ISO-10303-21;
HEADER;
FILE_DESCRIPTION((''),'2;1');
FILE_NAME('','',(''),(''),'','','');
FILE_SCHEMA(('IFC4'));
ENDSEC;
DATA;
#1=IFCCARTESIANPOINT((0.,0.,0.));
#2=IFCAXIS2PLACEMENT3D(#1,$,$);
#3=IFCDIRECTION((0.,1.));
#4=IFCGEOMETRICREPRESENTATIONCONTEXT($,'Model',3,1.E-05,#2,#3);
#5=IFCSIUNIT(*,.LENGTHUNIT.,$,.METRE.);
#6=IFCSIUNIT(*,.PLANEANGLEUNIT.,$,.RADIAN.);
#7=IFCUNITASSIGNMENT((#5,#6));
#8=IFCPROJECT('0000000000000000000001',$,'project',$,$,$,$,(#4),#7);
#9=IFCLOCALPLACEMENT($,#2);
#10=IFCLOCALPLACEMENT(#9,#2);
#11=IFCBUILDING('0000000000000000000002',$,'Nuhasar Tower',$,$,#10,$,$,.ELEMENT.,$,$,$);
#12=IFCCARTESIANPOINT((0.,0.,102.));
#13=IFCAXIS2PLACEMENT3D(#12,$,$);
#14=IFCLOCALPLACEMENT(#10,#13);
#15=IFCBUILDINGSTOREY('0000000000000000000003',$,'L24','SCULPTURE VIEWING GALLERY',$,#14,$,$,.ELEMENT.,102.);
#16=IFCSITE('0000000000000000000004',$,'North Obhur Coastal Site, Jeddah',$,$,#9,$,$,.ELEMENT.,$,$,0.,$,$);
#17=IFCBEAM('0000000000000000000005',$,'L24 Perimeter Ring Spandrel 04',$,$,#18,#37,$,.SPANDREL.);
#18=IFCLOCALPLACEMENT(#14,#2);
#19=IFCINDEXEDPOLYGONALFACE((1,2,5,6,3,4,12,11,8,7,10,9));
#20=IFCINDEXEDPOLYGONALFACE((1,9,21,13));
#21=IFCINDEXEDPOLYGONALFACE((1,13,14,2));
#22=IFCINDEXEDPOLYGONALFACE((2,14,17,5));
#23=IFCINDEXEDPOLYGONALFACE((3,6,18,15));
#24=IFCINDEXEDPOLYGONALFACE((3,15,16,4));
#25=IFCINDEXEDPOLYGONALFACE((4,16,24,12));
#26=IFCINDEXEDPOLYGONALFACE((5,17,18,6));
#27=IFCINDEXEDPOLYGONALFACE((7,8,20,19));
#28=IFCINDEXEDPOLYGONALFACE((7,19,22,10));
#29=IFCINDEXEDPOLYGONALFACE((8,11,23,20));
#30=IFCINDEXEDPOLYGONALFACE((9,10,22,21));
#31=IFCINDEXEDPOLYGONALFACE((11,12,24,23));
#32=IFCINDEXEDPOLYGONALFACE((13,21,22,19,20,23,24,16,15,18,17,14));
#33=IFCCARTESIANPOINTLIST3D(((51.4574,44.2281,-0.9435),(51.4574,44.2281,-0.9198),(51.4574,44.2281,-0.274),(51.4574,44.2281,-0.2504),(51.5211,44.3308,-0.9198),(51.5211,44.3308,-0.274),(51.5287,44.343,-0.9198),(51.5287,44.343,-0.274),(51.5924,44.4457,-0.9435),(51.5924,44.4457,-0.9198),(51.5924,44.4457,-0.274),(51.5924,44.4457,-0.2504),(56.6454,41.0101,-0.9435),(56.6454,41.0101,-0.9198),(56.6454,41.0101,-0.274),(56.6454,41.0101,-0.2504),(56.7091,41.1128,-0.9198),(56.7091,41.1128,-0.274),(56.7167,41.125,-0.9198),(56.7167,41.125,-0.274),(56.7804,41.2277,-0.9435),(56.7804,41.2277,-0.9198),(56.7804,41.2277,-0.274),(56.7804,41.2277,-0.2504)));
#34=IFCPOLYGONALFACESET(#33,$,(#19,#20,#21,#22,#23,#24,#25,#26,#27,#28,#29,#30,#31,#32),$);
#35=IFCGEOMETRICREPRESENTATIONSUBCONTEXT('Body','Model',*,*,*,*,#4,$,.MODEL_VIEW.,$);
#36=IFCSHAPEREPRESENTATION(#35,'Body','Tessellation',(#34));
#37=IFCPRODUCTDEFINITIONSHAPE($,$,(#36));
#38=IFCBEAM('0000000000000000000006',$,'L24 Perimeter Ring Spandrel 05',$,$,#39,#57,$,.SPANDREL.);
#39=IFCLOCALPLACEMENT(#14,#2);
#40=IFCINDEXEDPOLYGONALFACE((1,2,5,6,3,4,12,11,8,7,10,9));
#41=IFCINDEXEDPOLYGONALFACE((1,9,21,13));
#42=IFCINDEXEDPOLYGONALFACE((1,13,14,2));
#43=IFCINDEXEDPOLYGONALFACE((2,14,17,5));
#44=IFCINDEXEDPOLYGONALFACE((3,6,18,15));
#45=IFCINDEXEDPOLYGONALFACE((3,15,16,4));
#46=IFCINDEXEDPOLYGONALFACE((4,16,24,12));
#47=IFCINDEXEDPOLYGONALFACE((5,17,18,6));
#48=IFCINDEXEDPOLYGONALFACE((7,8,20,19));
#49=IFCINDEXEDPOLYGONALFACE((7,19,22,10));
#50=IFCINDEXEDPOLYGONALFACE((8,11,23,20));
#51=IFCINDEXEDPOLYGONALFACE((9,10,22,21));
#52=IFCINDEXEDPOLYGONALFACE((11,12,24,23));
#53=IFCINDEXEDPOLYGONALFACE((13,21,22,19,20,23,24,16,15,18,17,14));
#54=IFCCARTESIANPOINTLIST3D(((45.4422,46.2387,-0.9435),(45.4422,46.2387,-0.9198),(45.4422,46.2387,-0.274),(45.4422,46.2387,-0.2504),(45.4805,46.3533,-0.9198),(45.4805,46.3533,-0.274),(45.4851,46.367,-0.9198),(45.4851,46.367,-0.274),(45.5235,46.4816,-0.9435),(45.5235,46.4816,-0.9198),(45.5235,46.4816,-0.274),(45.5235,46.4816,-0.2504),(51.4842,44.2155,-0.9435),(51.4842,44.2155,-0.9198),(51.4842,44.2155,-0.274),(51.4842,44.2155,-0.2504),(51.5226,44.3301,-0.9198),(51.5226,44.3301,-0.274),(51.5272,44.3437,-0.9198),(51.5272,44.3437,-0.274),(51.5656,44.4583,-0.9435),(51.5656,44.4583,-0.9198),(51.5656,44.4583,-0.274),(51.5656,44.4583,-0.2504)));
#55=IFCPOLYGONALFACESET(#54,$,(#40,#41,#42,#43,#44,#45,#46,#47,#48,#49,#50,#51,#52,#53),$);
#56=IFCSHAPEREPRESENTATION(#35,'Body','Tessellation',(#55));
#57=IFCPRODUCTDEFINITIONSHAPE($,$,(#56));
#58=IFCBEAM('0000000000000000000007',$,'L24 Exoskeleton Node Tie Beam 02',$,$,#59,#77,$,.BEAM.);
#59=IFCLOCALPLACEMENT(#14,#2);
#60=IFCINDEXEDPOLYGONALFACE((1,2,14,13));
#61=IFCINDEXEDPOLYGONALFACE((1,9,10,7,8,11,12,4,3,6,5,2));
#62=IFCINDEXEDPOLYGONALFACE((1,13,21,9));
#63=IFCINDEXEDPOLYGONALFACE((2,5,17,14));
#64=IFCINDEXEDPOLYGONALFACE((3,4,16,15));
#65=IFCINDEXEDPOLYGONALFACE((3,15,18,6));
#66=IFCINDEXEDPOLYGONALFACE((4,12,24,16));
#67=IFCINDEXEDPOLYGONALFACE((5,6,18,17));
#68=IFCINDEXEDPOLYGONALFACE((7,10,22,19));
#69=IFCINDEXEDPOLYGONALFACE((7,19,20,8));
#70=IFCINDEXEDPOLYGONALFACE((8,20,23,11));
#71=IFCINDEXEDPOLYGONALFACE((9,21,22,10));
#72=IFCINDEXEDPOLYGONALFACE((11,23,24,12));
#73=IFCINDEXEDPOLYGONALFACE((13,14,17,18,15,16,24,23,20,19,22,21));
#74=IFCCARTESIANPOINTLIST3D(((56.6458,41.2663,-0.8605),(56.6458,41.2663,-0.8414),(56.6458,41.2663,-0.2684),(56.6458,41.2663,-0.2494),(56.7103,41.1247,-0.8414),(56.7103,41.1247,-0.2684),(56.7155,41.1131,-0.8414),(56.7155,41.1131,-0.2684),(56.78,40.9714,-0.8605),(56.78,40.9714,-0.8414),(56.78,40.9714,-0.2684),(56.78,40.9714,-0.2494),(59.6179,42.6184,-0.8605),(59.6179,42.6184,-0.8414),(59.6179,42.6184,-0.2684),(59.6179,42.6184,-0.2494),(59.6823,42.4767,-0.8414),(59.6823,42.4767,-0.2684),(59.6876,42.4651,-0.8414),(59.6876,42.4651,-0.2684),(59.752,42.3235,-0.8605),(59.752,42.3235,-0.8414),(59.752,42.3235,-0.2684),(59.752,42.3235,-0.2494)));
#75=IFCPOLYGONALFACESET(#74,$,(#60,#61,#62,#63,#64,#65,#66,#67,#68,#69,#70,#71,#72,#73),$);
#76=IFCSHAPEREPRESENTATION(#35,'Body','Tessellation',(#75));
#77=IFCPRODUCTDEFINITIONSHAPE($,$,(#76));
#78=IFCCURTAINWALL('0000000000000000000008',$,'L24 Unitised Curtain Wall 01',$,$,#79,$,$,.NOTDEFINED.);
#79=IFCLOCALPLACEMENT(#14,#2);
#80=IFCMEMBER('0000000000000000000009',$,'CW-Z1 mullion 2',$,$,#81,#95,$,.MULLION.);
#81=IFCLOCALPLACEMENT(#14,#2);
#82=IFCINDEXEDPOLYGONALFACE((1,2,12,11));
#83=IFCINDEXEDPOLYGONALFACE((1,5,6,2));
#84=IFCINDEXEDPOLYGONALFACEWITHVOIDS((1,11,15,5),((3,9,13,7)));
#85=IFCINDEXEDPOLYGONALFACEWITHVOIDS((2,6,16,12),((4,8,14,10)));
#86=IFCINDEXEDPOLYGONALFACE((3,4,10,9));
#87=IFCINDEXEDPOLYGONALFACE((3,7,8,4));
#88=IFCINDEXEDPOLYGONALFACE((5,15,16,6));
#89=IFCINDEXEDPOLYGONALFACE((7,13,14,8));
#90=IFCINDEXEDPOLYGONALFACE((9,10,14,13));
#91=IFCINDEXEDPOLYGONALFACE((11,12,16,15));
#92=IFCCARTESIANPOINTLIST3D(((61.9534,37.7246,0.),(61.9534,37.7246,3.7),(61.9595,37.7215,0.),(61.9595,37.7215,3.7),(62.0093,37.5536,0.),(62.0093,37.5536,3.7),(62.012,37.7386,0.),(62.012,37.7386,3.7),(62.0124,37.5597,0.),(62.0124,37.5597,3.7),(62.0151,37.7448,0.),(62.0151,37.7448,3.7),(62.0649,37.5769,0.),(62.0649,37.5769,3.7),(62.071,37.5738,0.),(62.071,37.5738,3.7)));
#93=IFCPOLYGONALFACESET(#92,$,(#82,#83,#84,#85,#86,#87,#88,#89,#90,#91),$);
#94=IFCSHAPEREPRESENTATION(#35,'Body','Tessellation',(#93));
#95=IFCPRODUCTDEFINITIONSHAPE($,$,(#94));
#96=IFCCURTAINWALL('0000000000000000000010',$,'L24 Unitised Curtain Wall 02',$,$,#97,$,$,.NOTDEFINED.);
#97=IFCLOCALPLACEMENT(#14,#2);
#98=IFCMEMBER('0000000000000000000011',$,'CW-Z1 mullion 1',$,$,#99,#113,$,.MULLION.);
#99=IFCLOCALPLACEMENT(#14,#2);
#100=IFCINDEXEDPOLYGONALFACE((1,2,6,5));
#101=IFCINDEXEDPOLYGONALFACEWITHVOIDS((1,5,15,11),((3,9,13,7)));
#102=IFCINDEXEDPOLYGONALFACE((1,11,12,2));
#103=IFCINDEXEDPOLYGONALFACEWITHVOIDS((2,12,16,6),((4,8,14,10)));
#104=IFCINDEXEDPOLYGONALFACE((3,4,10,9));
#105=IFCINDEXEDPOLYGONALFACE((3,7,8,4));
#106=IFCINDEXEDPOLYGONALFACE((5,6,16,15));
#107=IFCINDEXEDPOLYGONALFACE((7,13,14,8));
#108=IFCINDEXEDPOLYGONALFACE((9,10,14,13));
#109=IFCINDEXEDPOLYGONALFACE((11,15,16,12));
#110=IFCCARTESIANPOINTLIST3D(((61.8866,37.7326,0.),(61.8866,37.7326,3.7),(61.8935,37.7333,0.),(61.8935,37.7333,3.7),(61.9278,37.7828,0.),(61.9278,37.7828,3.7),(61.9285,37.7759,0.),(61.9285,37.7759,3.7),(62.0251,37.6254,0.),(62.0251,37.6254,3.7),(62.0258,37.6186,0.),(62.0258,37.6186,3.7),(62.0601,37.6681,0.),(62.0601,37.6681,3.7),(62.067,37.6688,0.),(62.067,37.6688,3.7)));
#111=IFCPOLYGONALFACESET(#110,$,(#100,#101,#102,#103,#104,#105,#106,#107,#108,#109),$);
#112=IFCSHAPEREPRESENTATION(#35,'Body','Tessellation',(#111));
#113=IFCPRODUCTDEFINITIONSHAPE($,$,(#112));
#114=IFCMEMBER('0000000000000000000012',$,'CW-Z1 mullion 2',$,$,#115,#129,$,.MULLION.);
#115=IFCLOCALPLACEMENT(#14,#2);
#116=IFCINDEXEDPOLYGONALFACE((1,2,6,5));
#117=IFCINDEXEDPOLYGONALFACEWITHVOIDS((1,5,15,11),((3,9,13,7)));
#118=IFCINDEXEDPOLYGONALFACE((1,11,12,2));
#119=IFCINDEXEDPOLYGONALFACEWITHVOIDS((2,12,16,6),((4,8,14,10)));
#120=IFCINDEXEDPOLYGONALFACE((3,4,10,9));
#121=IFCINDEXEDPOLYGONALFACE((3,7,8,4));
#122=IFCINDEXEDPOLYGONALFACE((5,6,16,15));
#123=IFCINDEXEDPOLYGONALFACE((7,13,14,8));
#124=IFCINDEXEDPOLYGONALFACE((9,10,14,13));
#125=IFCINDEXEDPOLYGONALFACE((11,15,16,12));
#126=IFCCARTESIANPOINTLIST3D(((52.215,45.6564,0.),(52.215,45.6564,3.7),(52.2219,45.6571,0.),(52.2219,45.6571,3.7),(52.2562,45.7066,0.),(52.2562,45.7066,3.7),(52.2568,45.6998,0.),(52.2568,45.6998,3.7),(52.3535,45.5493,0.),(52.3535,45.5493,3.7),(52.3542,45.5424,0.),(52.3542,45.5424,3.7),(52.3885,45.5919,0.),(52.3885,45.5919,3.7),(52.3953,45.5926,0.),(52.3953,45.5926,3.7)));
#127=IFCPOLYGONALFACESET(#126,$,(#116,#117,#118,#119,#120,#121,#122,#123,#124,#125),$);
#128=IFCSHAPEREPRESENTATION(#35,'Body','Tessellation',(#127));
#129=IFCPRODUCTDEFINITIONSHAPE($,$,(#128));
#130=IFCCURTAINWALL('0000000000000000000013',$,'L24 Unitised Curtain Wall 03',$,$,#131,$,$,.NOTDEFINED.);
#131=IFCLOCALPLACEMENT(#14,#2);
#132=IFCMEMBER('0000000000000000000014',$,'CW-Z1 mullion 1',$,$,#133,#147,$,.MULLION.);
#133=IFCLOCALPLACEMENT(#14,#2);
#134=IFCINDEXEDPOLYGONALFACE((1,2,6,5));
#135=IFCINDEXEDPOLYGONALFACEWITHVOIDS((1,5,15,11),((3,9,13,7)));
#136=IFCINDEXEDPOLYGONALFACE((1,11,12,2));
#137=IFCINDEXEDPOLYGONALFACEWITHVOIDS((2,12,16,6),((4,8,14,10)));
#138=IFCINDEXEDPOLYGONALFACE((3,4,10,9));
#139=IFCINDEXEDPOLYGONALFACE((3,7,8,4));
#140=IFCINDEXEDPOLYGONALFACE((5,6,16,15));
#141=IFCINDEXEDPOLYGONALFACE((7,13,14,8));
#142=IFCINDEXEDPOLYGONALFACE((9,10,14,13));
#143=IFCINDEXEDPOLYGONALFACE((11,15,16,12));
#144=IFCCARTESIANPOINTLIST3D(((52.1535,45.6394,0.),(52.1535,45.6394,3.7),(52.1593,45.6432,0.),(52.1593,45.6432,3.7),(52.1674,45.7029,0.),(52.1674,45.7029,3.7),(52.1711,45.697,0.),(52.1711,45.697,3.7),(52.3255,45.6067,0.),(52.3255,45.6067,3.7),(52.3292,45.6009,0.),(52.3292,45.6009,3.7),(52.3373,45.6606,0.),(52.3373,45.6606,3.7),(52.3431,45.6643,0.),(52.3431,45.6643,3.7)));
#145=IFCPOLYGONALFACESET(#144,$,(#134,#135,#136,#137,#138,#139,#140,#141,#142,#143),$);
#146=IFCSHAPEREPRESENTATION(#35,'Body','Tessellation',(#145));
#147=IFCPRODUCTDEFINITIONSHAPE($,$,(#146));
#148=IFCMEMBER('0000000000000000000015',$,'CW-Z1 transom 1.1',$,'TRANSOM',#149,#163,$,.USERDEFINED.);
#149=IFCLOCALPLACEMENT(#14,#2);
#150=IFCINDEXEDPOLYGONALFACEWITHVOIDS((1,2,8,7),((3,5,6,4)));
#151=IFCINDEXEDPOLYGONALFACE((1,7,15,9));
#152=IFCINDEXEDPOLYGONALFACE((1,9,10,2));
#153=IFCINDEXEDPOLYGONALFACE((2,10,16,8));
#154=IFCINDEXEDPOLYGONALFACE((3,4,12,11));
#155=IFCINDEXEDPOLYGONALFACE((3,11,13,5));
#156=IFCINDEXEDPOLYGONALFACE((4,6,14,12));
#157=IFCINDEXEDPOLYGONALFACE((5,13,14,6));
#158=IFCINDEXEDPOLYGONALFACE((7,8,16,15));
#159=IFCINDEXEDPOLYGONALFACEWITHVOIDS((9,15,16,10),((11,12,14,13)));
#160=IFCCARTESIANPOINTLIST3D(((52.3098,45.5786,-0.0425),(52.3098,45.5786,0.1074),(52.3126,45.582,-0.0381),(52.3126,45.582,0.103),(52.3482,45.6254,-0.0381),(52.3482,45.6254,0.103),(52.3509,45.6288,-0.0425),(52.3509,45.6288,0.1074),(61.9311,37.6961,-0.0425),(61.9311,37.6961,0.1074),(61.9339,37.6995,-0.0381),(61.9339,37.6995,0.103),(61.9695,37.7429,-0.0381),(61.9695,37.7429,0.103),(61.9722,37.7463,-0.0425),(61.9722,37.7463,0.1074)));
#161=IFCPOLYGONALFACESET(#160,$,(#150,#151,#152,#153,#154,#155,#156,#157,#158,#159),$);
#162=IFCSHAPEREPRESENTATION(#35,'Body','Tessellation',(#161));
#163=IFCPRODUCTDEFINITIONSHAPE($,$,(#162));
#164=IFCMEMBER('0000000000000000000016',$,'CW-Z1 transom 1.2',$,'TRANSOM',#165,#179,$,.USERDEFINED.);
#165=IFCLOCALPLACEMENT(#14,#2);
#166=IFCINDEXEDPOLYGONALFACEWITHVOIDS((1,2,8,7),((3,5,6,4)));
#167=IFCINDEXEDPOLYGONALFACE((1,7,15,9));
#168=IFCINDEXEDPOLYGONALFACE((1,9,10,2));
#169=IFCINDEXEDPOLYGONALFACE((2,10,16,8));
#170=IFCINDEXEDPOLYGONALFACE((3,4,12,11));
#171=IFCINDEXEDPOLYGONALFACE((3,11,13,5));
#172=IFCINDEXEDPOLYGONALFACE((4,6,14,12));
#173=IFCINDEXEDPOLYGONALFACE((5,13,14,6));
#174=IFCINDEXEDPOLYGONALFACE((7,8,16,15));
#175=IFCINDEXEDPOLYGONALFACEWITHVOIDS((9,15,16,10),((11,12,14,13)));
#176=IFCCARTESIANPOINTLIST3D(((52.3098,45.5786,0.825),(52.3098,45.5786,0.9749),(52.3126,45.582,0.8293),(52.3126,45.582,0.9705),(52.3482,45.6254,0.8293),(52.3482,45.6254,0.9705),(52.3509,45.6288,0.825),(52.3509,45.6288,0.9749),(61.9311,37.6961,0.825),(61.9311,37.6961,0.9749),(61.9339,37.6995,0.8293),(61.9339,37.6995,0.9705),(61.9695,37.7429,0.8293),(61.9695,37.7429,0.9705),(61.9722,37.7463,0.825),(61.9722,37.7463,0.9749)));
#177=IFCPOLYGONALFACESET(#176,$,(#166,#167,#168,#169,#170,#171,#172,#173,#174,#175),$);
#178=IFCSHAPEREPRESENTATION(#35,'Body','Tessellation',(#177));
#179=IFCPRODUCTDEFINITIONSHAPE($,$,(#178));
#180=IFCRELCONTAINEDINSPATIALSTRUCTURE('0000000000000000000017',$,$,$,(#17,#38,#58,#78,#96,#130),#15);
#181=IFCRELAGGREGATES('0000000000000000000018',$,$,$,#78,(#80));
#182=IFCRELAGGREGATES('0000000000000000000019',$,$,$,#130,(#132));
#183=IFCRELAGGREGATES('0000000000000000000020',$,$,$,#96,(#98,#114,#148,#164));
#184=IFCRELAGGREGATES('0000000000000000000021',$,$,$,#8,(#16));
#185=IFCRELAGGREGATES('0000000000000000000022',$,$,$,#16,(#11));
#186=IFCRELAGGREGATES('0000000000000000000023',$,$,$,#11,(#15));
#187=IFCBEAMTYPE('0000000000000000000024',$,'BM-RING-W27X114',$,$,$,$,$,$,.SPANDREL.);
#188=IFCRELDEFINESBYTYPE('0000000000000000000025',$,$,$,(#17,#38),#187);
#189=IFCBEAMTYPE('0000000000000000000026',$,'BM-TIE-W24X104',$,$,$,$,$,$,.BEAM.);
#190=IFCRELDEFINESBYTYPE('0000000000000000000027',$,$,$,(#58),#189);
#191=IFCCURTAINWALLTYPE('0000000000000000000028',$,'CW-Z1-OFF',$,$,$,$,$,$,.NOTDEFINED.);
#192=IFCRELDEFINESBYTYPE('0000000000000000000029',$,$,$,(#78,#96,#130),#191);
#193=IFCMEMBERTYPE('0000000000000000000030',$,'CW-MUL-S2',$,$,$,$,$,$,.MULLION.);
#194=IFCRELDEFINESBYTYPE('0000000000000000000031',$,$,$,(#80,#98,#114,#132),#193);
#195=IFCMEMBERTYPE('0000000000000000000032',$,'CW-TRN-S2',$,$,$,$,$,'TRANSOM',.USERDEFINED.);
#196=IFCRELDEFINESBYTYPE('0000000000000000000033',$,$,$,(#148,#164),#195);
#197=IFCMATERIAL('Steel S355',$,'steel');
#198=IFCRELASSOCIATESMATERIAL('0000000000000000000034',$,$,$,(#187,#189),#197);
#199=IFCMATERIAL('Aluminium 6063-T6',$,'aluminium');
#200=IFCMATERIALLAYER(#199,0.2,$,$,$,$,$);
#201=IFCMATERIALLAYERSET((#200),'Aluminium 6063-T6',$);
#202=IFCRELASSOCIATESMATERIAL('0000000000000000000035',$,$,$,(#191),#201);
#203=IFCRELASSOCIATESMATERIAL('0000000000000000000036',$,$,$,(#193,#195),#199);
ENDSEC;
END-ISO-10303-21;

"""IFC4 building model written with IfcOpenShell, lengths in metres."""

from ifc_helpers import new_model, si_unit, direction, frame, origin, origin_2d, place, context, subcontext, project, spatial, hollow_rectangle, i_section, extrude, material, layer, layer_set, material_profile, profile_set, type_object, element, aggregate, save


model = new_model("IFC4")

# Units and contexts
model_context = context("Model", 3, precision=1e-05, world=origin(), true_north=direction((0.0, 1.0)))
body_context = subcontext(model_context, "Body", "Model", "MODEL_VIEW")
ifc_project = project(units=[si_unit("LENGTHUNIT", "METRE"), si_unit("PLANEANGLEUNIT", "RADIAN")], contexts=[model_context])

# Site, building, storey
site_placement = place(None, origin())
site = spatial("IfcSite", under=ifc_project, at=site_placement, Name="North Obhur Coastal Site, Jeddah", CompositionType="ELEMENT", RefElevation=0.0)
building_placement = place(site_placement, origin())
building = spatial("IfcBuilding", under=site, at=building_placement, Name="Nuhasar Tower", CompositionType="ELEMENT")
storey_placement = place(building_placement, frame((0.0, 0.0, 102.0)))
storey = spatial("IfcBuildingStorey", under=building, at=storey_placement, Name="L24", Description="SCULPTURE VIEWING GALLERY", CompositionType="ELEMENT", Elevation=102.0)

# Beams
ifc_material_1 = material(Name="Steel S355", Category="steel")
ifc_material_profile_1 = material_profile(ifc_material_1, i_section(OverallWidth=0.2561, OverallDepth=0.6931, WebThickness=0.0144, FlangeThickness=0.0237, at=origin_2d()), Name="W27X114")
ifc_profile_set_1 = profile_set([ifc_material_profile_1], Name="Steel S355")
beam_type_1 = type_object("IfcBeamType", Name="BM-RING-W27X114", PredefinedType="SPANDREL", material=ifc_profile_set_1)
beam_1_placement = place(storey_placement, frame((56.7129, 41.1189, -0.5969), z_axis=(-0.849795, 0.527113, 0.0), x_axis=(-0.527113, -0.849795, 0.0)))
element("IfcBeam", 1, at=beam_1_placement, inside=storey, type_object=beam_type_1, Name="L24 Perimeter Ring Spandrel 04", PredefinedType="SPANDREL", context=body_context, shape_type="SweptSolid", body=[
    extrude(i_section(OverallWidth=0.2561, OverallDepth=0.6931, WebThickness=0.0144, FlangeThickness=0.0237, at=origin_2d()), origin(), (0.0, 0.0, 1.0), 6.105),
])
beam_2_placement = place(storey_placement, frame((51.5249, 44.3369, -0.5969), z_axis=(-0.948249, 0.317526, 0.0), x_axis=(-0.317526, -0.948249, 0.0)))
element("IfcBeam", 2, at=beam_2_placement, inside=storey, type_object=beam_type_1, Name="L24 Perimeter Ring Spandrel 05", PredefinedType="SPANDREL", context=body_context, shape_type="SweptSolid", body=[
    extrude(i_section(OverallWidth=0.2561, OverallDepth=0.6931, WebThickness=0.0144, FlangeThickness=0.0237, at=origin_2d()), origin(), (0.0, 0.0, 1.0), 6.3718),
])
ifc_material_profile_2 = material_profile(ifc_material_1, i_section(OverallWidth=0.324, OverallDepth=0.6111, WebThickness=0.0127, FlangeThickness=0.019, at=origin_2d()), Name="W24X104")
ifc_profile_set_2 = profile_set([ifc_material_profile_2], Name="Steel S355")
beam_type_2 = type_object("IfcBeamType", Name="BM-TIE-W24X104", PredefinedType="BEAM", material=ifc_profile_set_2)
beam_3_placement = place(storey_placement, frame((56.7129, 41.1189, -0.5549), z_axis=(0.910244, 0.414073, 0.0), x_axis=(-0.414073, 0.910244, 0.0)))
element("IfcBeam", 3, at=beam_3_placement, inside=storey, type_object=beam_type_2, Name="L24 Exoskeleton Node Tie Beam 02", PredefinedType="BEAM", context=body_context, shape_type="SweptSolid", body=[
    extrude(i_section(OverallWidth=0.324, OverallDepth=0.6111, WebThickness=0.0127, FlangeThickness=0.019, at=origin_2d()), origin(), (0.0, 0.0, 1.0), 3.2651),
])

# Curtain wall, member
ifc_material_2 = material(Name="Aluminium 6063-T6", Category="aluminium")
ifc_layer_1 = layer(ifc_material_2, 0.2)
ifc_layer_set_1 = layer_set([ifc_layer_1], Name="Aluminium 6063-T6")
curtain_wall_type = type_object("IfcCurtainWallType", Name="CW-Z1-OFF", PredefinedType="NOTDEFINED", material=ifc_layer_set_1)
curtain_wall_1_placement = place(storey_placement, origin())
curtain_wall_1 = element("IfcCurtainWall", 4, at=curtain_wall_1_placement, inside=storey, type_object=curtain_wall_type, Name="L24 Unitised Curtain Wall 01", PredefinedType="NOTDEFINED")
ifc_material_profile_3 = material_profile(ifc_material_2, hollow_rectangle(XDim=0.0649, YDim=0.1799, WallThickness=0.0049, at=origin_2d()), Name="CWM-2")
ifc_profile_set_3 = profile_set([ifc_material_profile_3], Name="Aluminium 6063-T6")
member_type_1 = type_object("IfcMemberType", Name="CW-MUL-S2", PredefinedType="MULLION", material=ifc_profile_set_3)
member_1_placement = place(storey_placement, frame((62.0122, 37.6492, 0.0), z_axis=(0.0, 0.0, 1.0), x_axis=(-0.950468, -0.310824, 0.0)))
member_1 = element("IfcMember", 5, at=member_1_placement, type_object=member_type_1, Name="CW-Z1 mullion 2", PredefinedType="MULLION", context=body_context, shape_type="SweptSolid", body=[
    extrude(hollow_rectangle(XDim=0.0649, YDim=0.1799, WallThickness=0.0049, at=origin_2d()), origin(), (0.0, 0.0, 1.0), 3.7),
])
aggregate(curtain_wall_1, [member_1])

# Curtain wall, members
curtain_wall_2_placement = place(storey_placement, origin())
curtain_wall_2 = element("IfcCurtainWall", 6, at=curtain_wall_2_placement, inside=storey, type_object=curtain_wall_type, Name="L24 Unitised Curtain Wall 02", PredefinedType="NOTDEFINED")
member_2_placement = place(storey_placement, frame((61.9768, 37.7007, 0.0), z_axis=(0.0, 0.0, 1.0), x_axis=(-0.633745, -0.773542, 0.0)))
member_2 = element("IfcMember", 7, at=member_2_placement, type_object=member_type_1, Name="CW-Z1 mullion 1", PredefinedType="MULLION", context=body_context, shape_type="SweptSolid", body=[
    extrude(hollow_rectangle(XDim=0.0649, YDim=0.1799, WallThickness=0.0049, at=origin_2d()), origin(), (0.0, 0.0, 1.0), 3.7),
])
member_3_placement = place(storey_placement, frame((52.3052, 45.6245, 0.0), z_axis=(0.0, 0.0, 1.0), x_axis=(-0.633745, -0.773542, 0.0)))
member_3 = element("IfcMember", 8, at=member_3_placement, type_object=member_type_1, Name="CW-Z1 mullion 2", PredefinedType="MULLION", context=body_context, shape_type="SweptSolid", body=[
    extrude(hollow_rectangle(XDim=0.0649, YDim=0.1799, WallThickness=0.0049, at=origin_2d()), origin(), (0.0, 0.0, 1.0), 3.7),
])

# Curtain wall, member
curtain_wall_3_placement = place(storey_placement, origin())
curtain_wall_3 = element("IfcCurtainWall", 9, at=curtain_wall_3_placement, inside=storey, type_object=curtain_wall_type, Name="L24 Unitised Curtain Wall 03", PredefinedType="NOTDEFINED")
member_4_placement = place(storey_placement, frame((52.2483, 45.6519, 0.0), z_axis=(0.0, 0.0, 1.0), x_axis=(-0.214399, -0.976746, 0.0)))
member_4 = element("IfcMember", 10, at=member_4_placement, type_object=member_type_1, Name="CW-Z1 mullion 1", PredefinedType="MULLION", context=body_context, shape_type="SweptSolid", body=[
    extrude(hollow_rectangle(XDim=0.0649, YDim=0.1799, WallThickness=0.0049, at=origin_2d()), origin(), (0.0, 0.0, 1.0), 3.7),
])

# Members
ifc_material_profile_4 = material_profile(ifc_material_2, hollow_rectangle(XDim=0.0649, YDim=0.1499, WallThickness=0.0044, at=origin_2d()), Name="CWT-2")
ifc_profile_set_4 = profile_set([ifc_material_profile_4], Name="Aluminium 6063-T6")
member_type_2 = type_object("IfcMemberType", Name="CW-TRN-S2", ElementType="TRANSOM", PredefinedType="USERDEFINED", material=ifc_profile_set_4)
member_5_placement = place(storey_placement, frame((61.9517, 37.7212, 0.0325), z_axis=(-0.773541, 0.633746, 0.0), x_axis=(-0.633746, -0.773541, 0.0)))
member_5 = element("IfcMember", 11, at=member_5_placement, type_object=member_type_2, Name="CW-Z1 transom 1.1", ObjectType="TRANSOM", PredefinedType="USERDEFINED", context=body_context, shape_type="SweptSolid", body=[
    extrude(hollow_rectangle(XDim=0.0649, YDim=0.1499, WallThickness=0.0044, at=origin_2d()), origin(), (0.0, 0.0, 1.0), 12.438),
])
member_6_placement = place(storey_placement, frame((61.9517, 37.7212, 0.8999), z_axis=(-0.773541, 0.633746, 0.0), x_axis=(-0.633746, -0.773541, 0.0)))
member_6 = element("IfcMember", 12, at=member_6_placement, type_object=member_type_2, Name="CW-Z1 transom 1.2", ObjectType="TRANSOM", PredefinedType="USERDEFINED", context=body_context, shape_type="SweptSolid", body=[
    extrude(hollow_rectangle(XDim=0.0649, YDim=0.1499, WallThickness=0.0044, at=origin_2d()), origin(), (0.0, 0.0, 1.0), 12.438),
])
aggregate(curtain_wall_3, [member_4])

aggregate(curtain_wall_2, [member_2, member_3, member_5, member_6])

save(model, "model.ifc")
